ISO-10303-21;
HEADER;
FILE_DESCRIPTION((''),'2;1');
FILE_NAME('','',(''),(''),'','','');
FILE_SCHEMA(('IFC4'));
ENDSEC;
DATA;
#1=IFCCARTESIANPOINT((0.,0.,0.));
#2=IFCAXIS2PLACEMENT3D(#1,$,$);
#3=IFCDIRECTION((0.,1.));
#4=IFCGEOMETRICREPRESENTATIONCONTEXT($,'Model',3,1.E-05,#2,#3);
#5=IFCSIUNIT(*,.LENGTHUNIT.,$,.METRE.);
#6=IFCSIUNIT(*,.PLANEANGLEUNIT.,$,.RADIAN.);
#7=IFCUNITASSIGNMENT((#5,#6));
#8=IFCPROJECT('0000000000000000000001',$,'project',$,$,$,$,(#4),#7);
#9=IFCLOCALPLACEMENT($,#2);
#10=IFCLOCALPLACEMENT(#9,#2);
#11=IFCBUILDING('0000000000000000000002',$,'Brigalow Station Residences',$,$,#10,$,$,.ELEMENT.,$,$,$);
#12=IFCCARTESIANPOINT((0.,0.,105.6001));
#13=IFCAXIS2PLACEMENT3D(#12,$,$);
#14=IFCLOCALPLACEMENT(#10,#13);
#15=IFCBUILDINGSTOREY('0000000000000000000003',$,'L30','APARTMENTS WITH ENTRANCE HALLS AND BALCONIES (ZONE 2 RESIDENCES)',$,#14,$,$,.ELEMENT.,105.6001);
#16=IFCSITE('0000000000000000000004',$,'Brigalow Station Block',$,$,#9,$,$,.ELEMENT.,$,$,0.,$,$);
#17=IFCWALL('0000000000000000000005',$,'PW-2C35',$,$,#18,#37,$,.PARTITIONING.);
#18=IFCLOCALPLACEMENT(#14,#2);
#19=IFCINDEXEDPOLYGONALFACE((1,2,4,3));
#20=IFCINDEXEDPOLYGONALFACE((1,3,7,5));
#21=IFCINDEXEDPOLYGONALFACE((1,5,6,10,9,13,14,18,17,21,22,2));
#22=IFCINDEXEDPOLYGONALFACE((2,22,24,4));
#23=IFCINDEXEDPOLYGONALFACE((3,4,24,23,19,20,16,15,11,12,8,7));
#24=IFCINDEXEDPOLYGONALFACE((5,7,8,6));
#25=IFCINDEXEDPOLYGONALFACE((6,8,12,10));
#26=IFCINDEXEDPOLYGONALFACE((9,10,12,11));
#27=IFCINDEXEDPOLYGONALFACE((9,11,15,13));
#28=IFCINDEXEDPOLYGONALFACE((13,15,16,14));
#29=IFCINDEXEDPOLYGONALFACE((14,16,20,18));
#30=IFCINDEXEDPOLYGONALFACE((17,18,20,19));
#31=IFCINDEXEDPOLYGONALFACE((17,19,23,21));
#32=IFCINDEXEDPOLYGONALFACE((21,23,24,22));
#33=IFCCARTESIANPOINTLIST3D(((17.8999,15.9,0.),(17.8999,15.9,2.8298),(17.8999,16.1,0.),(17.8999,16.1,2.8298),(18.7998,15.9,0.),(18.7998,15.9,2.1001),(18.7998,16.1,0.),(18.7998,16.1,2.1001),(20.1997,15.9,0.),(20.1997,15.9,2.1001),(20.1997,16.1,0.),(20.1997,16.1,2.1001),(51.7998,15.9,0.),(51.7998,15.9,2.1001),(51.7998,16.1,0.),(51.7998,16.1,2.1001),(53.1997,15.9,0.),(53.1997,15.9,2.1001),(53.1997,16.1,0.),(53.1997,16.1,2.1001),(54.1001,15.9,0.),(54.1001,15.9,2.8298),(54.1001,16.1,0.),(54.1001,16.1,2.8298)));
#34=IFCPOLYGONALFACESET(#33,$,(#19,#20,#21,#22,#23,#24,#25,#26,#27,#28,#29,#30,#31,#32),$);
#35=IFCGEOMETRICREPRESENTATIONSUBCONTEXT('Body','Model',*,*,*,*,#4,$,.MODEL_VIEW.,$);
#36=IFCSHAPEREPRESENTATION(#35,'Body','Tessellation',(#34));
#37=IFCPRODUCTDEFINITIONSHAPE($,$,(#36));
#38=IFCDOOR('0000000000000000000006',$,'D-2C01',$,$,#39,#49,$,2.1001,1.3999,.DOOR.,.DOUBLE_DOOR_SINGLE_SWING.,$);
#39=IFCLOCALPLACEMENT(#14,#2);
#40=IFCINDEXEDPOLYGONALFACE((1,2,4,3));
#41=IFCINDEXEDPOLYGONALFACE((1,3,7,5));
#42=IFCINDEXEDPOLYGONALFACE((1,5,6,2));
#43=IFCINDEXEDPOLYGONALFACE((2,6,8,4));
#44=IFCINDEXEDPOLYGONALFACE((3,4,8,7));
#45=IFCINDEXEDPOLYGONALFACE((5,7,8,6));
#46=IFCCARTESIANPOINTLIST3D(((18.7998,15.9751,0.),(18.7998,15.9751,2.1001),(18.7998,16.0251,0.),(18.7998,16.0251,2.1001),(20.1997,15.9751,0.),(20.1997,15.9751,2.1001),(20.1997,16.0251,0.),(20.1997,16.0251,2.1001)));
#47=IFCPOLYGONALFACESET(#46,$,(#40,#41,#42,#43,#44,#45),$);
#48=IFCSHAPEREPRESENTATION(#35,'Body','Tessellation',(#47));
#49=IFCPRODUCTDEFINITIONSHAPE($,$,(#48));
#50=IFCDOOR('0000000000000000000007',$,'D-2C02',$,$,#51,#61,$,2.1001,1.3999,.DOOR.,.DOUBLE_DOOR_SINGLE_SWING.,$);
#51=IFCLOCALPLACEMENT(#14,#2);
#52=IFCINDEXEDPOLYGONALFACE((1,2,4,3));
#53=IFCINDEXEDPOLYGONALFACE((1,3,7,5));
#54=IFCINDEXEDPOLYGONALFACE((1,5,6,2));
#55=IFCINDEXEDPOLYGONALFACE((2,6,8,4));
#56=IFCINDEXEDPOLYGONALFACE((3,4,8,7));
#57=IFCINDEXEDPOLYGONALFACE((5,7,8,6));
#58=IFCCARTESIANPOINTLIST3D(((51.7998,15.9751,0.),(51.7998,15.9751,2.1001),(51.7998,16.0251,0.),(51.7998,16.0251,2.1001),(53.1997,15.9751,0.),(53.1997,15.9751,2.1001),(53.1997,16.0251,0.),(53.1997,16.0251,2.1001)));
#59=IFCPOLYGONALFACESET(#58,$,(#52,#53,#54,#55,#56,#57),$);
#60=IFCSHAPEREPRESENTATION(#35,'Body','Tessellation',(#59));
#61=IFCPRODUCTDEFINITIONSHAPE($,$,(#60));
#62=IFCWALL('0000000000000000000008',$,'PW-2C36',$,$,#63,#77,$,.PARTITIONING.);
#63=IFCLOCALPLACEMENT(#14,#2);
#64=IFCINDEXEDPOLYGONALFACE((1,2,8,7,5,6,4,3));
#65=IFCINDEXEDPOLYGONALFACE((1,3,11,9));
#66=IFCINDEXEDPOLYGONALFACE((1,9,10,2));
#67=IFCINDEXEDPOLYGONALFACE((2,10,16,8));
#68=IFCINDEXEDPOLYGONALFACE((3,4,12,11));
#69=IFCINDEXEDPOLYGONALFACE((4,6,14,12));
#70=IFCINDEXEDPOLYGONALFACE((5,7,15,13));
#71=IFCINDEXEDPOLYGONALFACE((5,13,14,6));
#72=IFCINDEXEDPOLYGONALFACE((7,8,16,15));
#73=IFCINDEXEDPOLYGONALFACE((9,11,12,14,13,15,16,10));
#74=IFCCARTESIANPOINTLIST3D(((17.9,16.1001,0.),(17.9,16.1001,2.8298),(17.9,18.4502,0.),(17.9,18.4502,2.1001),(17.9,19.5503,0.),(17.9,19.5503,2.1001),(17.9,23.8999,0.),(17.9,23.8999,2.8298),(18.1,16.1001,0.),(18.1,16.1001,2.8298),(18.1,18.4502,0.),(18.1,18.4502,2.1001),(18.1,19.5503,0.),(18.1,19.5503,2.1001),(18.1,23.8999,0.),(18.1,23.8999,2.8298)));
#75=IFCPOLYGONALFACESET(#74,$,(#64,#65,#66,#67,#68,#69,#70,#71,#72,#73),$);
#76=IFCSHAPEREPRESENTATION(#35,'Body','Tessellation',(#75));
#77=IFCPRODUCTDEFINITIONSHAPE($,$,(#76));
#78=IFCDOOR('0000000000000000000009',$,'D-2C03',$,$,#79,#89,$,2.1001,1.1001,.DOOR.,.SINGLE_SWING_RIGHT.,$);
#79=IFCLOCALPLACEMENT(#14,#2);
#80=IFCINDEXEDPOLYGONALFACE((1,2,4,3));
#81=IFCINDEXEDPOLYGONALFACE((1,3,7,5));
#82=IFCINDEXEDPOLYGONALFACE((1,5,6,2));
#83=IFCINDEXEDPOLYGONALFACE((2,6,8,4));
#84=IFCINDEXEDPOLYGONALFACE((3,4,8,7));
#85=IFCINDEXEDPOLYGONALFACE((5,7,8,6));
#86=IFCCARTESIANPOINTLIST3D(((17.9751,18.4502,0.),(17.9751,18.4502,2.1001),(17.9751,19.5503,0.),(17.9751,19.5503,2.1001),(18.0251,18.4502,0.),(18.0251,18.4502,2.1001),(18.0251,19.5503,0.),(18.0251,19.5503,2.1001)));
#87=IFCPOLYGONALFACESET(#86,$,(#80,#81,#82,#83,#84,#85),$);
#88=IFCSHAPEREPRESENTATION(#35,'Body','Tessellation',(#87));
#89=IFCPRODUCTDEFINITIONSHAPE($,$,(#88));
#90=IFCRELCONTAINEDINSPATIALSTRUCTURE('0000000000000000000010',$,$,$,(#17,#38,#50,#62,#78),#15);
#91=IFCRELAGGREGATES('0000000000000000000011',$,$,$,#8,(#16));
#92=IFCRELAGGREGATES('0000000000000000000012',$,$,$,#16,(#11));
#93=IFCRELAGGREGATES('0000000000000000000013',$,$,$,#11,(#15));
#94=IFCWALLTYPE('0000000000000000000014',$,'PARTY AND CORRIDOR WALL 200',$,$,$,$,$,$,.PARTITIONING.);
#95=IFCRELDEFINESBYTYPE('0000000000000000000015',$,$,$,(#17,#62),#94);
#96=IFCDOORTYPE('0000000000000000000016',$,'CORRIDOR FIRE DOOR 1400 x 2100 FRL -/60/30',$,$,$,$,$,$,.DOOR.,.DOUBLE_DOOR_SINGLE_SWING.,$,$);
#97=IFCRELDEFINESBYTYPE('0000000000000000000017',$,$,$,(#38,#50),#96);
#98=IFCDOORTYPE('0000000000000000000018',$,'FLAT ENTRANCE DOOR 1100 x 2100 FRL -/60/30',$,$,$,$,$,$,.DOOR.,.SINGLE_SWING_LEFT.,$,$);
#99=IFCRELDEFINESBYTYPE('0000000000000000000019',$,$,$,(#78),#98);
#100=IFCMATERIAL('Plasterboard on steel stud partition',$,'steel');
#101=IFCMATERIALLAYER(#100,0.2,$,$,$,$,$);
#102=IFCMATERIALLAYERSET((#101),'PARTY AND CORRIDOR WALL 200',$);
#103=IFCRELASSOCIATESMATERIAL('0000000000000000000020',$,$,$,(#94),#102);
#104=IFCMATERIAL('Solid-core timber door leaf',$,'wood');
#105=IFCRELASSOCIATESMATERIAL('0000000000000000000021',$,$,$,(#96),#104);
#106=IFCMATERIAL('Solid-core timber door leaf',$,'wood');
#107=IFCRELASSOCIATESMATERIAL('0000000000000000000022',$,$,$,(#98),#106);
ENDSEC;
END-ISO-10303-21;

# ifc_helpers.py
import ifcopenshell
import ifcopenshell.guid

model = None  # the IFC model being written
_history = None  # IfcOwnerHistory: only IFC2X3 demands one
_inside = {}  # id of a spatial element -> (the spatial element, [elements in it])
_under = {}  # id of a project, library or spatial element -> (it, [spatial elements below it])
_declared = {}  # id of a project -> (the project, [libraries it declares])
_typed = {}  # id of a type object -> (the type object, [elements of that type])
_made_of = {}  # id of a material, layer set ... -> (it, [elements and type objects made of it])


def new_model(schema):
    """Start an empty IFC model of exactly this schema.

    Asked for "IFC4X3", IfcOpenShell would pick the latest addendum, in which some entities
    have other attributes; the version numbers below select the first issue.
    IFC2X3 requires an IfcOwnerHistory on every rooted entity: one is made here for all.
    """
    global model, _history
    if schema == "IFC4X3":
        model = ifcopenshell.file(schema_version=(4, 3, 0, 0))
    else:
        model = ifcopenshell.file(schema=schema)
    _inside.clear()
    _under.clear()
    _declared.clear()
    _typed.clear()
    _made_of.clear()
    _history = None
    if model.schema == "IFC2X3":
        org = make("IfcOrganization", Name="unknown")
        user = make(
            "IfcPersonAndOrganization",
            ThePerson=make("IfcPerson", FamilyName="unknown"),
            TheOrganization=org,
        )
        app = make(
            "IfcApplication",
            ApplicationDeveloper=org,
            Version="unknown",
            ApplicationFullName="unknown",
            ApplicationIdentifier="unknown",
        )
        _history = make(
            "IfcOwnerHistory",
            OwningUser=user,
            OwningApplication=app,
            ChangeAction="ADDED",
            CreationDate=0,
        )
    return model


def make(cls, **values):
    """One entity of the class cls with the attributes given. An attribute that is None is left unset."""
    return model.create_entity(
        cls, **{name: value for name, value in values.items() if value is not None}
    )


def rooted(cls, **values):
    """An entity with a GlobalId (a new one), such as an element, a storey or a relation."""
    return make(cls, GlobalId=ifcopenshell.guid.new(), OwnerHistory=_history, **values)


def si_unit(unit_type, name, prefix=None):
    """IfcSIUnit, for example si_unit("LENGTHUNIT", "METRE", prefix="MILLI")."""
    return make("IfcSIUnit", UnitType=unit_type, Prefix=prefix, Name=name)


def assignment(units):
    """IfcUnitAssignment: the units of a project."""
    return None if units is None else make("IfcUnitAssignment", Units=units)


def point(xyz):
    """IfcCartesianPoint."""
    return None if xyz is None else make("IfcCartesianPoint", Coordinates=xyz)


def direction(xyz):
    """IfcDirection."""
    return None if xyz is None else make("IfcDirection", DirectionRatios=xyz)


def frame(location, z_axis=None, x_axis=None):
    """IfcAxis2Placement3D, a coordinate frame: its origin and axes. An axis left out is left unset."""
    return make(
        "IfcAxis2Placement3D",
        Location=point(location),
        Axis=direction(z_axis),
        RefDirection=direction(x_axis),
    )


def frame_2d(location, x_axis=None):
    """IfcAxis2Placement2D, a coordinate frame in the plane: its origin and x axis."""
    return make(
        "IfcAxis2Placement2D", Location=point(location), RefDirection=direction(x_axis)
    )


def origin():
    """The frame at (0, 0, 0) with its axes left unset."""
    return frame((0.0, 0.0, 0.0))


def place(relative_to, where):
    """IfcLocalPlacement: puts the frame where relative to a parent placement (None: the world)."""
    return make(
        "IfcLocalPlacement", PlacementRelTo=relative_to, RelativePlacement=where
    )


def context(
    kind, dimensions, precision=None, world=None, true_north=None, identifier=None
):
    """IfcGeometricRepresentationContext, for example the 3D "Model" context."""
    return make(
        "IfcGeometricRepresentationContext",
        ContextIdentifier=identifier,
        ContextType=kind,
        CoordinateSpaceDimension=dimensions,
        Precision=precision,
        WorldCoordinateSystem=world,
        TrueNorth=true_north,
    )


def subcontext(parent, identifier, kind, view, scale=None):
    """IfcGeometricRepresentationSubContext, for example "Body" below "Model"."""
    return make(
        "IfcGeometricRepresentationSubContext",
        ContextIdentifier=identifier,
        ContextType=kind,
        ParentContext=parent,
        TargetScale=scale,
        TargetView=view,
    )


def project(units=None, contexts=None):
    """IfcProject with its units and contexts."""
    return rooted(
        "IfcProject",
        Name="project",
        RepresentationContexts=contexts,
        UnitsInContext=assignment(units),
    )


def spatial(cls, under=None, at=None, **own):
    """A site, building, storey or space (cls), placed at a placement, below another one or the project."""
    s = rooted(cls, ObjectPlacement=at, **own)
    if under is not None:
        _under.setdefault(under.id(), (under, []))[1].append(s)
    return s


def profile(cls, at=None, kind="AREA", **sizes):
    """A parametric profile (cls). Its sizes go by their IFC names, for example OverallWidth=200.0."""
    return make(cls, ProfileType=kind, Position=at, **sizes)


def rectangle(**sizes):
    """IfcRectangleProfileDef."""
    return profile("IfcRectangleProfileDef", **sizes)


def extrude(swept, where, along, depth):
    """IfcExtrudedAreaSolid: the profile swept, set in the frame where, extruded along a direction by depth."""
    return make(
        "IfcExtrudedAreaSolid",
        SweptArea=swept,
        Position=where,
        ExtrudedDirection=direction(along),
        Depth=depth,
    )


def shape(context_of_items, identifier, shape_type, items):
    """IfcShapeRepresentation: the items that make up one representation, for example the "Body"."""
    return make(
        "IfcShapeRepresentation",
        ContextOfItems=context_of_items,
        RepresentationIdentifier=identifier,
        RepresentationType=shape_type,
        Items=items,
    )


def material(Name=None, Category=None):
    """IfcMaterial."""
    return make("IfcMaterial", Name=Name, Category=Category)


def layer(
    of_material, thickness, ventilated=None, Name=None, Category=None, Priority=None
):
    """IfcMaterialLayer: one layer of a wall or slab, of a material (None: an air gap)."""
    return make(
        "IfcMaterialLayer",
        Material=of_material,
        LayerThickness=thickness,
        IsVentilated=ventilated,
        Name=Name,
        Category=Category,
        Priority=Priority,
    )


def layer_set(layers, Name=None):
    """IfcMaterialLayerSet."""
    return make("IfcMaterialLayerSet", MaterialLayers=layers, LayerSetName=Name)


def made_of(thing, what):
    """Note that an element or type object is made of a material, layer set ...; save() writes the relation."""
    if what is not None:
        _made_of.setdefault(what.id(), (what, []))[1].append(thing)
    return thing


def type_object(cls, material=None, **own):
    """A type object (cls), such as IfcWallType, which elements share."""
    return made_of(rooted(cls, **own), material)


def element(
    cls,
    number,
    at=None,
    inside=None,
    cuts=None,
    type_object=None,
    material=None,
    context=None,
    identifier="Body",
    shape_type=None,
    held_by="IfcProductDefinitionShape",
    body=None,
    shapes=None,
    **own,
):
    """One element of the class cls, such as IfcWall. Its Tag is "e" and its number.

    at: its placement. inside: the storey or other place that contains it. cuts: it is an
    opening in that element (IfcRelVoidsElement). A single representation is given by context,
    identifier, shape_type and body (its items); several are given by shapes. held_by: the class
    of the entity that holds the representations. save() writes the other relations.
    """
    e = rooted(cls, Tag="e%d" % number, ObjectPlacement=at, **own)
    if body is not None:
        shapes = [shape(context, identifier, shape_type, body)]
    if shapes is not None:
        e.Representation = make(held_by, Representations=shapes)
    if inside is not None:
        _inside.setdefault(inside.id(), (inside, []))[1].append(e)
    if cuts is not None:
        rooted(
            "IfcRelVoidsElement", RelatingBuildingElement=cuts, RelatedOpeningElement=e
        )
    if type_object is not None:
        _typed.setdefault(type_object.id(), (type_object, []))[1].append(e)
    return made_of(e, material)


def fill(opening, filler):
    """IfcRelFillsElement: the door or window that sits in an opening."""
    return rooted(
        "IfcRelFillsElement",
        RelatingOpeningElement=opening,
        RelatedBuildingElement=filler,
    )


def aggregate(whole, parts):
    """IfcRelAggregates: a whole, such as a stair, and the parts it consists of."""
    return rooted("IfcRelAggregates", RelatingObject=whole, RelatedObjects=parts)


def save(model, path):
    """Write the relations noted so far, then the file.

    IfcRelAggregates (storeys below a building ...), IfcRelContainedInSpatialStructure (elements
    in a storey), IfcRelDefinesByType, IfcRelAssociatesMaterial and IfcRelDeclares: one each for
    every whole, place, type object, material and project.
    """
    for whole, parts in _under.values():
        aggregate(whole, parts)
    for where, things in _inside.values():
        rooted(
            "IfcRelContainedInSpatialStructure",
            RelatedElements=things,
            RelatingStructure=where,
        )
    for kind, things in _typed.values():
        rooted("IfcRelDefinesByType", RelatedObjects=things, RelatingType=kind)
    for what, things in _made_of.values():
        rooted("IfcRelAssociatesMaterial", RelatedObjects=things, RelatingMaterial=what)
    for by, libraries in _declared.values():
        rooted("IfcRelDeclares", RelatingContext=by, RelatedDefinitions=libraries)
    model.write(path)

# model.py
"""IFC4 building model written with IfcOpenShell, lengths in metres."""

from ifc_helpers import new_model, si_unit, direction, frame, frame_2d, origin, place, context, subcontext, project, spatial, rectangle, extrude, material, layer, layer_set, type_object, element, fill, save


model = new_model("IFC4")

# Units and contexts
model_context = context("Model", 3, precision=1e-05, world=origin(), true_north=direction((0.0, 1.0)))
body_context = subcontext(model_context, "Body", "Model", "MODEL_VIEW")
ifc_project = project(units=[si_unit("LENGTHUNIT", "METRE"), si_unit("PLANEANGLEUNIT", "RADIAN")], contexts=[model_context])

# Site, building, storey
site_placement = place(None, origin())
site = spatial("IfcSite", under=ifc_project, at=site_placement, Name="Brigalow Station Block", CompositionType="ELEMENT", RefElevation=0.0)
building_placement = place(site_placement, origin())
building = spatial("IfcBuilding", under=site, at=building_placement, Name="Brigalow Station Residences", CompositionType="ELEMENT")
storey_placement = place(building_placement, frame((0.0, 0.0, 105.6001)))
storey = spatial("IfcBuildingStorey", under=building, at=storey_placement, Name="L30", Description="APARTMENTS WITH ENTRANCE HALLS AND BALCONIES (ZONE 2 RESIDENCES)", CompositionType="ELEMENT", Elevation=105.6001)

# Wall, openings, doors
ifc_material_1 = material(Name="Plasterboard on steel stud partition", Category="steel")
ifc_layer_1 = layer(ifc_material_1, 0.2)
ifc_layer_set_1 = layer_set([ifc_layer_1], Name="PARTY AND CORRIDOR WALL 200")
wall_type_1 = type_object("IfcWallType", Name="PARTY AND CORRIDOR WALL 200", PredefinedType="PARTITIONING", material=ifc_layer_set_1)
wall_1_placement = place(storey_placement, frame((17.8999, 16.0, 0.0), z_axis=(0.0, 0.0, 1.0), x_axis=(1.0, 0.0, 0.0)))
wall_1 = element("IfcWall", 1, at=wall_1_placement, inside=storey, type_object=wall_type_1, Name="PW-2C35", PredefinedType="PARTITIONING", context=body_context, shape_type="SweptSolid", body=[
    extrude(rectangle(XDim=36.2002, YDim=0.2, at=frame_2d((18.1001, 0.0))), origin(), (0.0, 0.0, 1.0), 2.8298),
])
opening_1_placement = place(wall_1_placement, frame((0.8999, 0.0, 0.0)))
opening_1 = element("IfcOpeningElement", 2, at=opening_1_placement, cuts=wall_1, PredefinedType="OPENING", context=body_context, shape_type="SweptSolid", body=[
    extrude(rectangle(XDim=1.3999, YDim=2.1001, at=frame_2d((0.7, 1.05))), frame((0.0, 0.1099, 0.0), z_axis=(0.0, -1.0, 0.0), x_axis=(1.0, 0.0, 0.0)), (0.0, 0.0, 1.0), 0.22),
])
opening_2_placement = place(wall_1_placement, frame((33.8999, 0.0, 0.0)))
opening_2 = element("IfcOpeningElement", 3, at=opening_2_placement, cuts=wall_1, PredefinedType="OPENING", context=body_context, shape_type="SweptSolid", body=[
    extrude(rectangle(XDim=1.3999, YDim=2.1001, at=frame_2d((0.7, 1.05))), frame((0.0, 0.1099, 0.0), z_axis=(0.0, -1.0, 0.0), x_axis=(1.0, 0.0, 0.0)), (0.0, 0.0, 1.0), 0.22),
])
ifc_material_2 = material(Name="Solid-core timber door leaf", Category="wood")
door_type_1 = type_object("IfcDoorType", Name="CORRIDOR FIRE DOOR 1400 x 2100 FRL -/60/30", OperationType="DOUBLE_DOOR_SINGLE_SWING", PredefinedType="DOOR", material=ifc_material_2)
door_1_placement = place(opening_1_placement, frame((1.3999, 0.0, 0.0), z_axis=(0.0, 0.0, 1.0), x_axis=(-1.0, 0.0, 0.0)))
door_1 = element("IfcDoor", 4, at=door_1_placement, inside=storey, type_object=door_type_1, Name="D-2C01", OperationType="DOUBLE_DOOR_SINGLE_SWING", OverallHeight=2.1001, OverallWidth=1.3999, PredefinedType="DOOR", context=body_context, shape_type="SweptSolid", body=[
    extrude(rectangle(XDim=1.3999, YDim=2.1001, at=frame_2d((0.7, 1.05))), frame((0.0, 0.0249, 0.0), z_axis=(0.0, -1.0, 0.0), x_axis=(1.0, 0.0, 0.0)), (0.0, 0.0, 1.0), 0.05),
])
fill(opening_1, door_1)
door_2_placement = place(opening_2_placement, frame((1.3999, 0.0, 0.0), z_axis=(0.0, 0.0, 1.0), x_axis=(-1.0, 0.0, 0.0)))
door_2 = element("IfcDoor", 5, at=door_2_placement, inside=storey, type_object=door_type_1, Name="D-2C02", OperationType="DOUBLE_DOOR_SINGLE_SWING", OverallHeight=2.1001, OverallWidth=1.3999, PredefinedType="DOOR", context=body_context, shape_type="SweptSolid", body=[
    extrude(rectangle(XDim=1.3999, YDim=2.1001, at=frame_2d((0.7, 1.05))), frame((0.0, 0.0249, 0.0), z_axis=(0.0, -1.0, 0.0), x_axis=(1.0, 0.0, 0.0)), (0.0, 0.0, 1.0), 0.05),
])
fill(opening_2, door_2)

# Wall, opening, door
wall_2_placement = place(storey_placement, frame((18.0, 16.1001, 0.0), z_axis=(0.0, 0.0, 1.0), x_axis=(0.0, 1.0, 0.0)))
wall_2 = element("IfcWall", 6, at=wall_2_placement, inside=storey, type_object=wall_type_1, Name="PW-2C36", PredefinedType="PARTITIONING", context=body_context, shape_type="SweptSolid", body=[
    extrude(rectangle(XDim=7.7998, YDim=0.2, at=frame_2d((3.8999, 0.0))), origin(), (0.0, 0.0, 1.0), 2.8298),
])
opening_3_placement = place(wall_2_placement, frame((2.3501, 0.0, 0.0)))
opening_3 = element("IfcOpeningElement", 7, at=opening_3_placement, cuts=wall_2, PredefinedType="OPENING", context=body_context, shape_type="SweptSolid", body=[
    extrude(rectangle(XDim=1.1001, YDim=2.1001, at=frame_2d((0.55, 1.05))), frame((0.0, 0.1099, 0.0), z_axis=(0.0, -1.0, 0.0), x_axis=(1.0, 0.0, 0.0)), (0.0, 0.0, 1.0), 0.22),
])
ifc_material_3 = material(Name="Solid-core timber door leaf", Category="wood")
door_type_2 = type_object("IfcDoorType", Name="FLAT ENTRANCE DOOR 1100 x 2100 FRL -/60/30", OperationType="SINGLE_SWING_LEFT", PredefinedType="DOOR", material=ifc_material_3)
door_3_placement = place(opening_3_placement, origin())
door_3 = element("IfcDoor", 8, at=door_3_placement, inside=storey, type_object=door_type_2, Name="D-2C03", OperationType="SINGLE_SWING_RIGHT", OverallHeight=2.1001, OverallWidth=1.1001, PredefinedType="DOOR", context=body_context, shape_type="SweptSolid", body=[
    extrude(rectangle(XDim=1.1001, YDim=2.1001, at=frame_2d((0.55, 1.05))), frame((0.0, 0.0249, 0.0), z_axis=(0.0, -1.0, 0.0), x_axis=(1.0, 0.0, 0.0)), (0.0, 0.0, 1.0), 0.05),
])
fill(opening_3, door_3)

save(model, "model.ifc")
